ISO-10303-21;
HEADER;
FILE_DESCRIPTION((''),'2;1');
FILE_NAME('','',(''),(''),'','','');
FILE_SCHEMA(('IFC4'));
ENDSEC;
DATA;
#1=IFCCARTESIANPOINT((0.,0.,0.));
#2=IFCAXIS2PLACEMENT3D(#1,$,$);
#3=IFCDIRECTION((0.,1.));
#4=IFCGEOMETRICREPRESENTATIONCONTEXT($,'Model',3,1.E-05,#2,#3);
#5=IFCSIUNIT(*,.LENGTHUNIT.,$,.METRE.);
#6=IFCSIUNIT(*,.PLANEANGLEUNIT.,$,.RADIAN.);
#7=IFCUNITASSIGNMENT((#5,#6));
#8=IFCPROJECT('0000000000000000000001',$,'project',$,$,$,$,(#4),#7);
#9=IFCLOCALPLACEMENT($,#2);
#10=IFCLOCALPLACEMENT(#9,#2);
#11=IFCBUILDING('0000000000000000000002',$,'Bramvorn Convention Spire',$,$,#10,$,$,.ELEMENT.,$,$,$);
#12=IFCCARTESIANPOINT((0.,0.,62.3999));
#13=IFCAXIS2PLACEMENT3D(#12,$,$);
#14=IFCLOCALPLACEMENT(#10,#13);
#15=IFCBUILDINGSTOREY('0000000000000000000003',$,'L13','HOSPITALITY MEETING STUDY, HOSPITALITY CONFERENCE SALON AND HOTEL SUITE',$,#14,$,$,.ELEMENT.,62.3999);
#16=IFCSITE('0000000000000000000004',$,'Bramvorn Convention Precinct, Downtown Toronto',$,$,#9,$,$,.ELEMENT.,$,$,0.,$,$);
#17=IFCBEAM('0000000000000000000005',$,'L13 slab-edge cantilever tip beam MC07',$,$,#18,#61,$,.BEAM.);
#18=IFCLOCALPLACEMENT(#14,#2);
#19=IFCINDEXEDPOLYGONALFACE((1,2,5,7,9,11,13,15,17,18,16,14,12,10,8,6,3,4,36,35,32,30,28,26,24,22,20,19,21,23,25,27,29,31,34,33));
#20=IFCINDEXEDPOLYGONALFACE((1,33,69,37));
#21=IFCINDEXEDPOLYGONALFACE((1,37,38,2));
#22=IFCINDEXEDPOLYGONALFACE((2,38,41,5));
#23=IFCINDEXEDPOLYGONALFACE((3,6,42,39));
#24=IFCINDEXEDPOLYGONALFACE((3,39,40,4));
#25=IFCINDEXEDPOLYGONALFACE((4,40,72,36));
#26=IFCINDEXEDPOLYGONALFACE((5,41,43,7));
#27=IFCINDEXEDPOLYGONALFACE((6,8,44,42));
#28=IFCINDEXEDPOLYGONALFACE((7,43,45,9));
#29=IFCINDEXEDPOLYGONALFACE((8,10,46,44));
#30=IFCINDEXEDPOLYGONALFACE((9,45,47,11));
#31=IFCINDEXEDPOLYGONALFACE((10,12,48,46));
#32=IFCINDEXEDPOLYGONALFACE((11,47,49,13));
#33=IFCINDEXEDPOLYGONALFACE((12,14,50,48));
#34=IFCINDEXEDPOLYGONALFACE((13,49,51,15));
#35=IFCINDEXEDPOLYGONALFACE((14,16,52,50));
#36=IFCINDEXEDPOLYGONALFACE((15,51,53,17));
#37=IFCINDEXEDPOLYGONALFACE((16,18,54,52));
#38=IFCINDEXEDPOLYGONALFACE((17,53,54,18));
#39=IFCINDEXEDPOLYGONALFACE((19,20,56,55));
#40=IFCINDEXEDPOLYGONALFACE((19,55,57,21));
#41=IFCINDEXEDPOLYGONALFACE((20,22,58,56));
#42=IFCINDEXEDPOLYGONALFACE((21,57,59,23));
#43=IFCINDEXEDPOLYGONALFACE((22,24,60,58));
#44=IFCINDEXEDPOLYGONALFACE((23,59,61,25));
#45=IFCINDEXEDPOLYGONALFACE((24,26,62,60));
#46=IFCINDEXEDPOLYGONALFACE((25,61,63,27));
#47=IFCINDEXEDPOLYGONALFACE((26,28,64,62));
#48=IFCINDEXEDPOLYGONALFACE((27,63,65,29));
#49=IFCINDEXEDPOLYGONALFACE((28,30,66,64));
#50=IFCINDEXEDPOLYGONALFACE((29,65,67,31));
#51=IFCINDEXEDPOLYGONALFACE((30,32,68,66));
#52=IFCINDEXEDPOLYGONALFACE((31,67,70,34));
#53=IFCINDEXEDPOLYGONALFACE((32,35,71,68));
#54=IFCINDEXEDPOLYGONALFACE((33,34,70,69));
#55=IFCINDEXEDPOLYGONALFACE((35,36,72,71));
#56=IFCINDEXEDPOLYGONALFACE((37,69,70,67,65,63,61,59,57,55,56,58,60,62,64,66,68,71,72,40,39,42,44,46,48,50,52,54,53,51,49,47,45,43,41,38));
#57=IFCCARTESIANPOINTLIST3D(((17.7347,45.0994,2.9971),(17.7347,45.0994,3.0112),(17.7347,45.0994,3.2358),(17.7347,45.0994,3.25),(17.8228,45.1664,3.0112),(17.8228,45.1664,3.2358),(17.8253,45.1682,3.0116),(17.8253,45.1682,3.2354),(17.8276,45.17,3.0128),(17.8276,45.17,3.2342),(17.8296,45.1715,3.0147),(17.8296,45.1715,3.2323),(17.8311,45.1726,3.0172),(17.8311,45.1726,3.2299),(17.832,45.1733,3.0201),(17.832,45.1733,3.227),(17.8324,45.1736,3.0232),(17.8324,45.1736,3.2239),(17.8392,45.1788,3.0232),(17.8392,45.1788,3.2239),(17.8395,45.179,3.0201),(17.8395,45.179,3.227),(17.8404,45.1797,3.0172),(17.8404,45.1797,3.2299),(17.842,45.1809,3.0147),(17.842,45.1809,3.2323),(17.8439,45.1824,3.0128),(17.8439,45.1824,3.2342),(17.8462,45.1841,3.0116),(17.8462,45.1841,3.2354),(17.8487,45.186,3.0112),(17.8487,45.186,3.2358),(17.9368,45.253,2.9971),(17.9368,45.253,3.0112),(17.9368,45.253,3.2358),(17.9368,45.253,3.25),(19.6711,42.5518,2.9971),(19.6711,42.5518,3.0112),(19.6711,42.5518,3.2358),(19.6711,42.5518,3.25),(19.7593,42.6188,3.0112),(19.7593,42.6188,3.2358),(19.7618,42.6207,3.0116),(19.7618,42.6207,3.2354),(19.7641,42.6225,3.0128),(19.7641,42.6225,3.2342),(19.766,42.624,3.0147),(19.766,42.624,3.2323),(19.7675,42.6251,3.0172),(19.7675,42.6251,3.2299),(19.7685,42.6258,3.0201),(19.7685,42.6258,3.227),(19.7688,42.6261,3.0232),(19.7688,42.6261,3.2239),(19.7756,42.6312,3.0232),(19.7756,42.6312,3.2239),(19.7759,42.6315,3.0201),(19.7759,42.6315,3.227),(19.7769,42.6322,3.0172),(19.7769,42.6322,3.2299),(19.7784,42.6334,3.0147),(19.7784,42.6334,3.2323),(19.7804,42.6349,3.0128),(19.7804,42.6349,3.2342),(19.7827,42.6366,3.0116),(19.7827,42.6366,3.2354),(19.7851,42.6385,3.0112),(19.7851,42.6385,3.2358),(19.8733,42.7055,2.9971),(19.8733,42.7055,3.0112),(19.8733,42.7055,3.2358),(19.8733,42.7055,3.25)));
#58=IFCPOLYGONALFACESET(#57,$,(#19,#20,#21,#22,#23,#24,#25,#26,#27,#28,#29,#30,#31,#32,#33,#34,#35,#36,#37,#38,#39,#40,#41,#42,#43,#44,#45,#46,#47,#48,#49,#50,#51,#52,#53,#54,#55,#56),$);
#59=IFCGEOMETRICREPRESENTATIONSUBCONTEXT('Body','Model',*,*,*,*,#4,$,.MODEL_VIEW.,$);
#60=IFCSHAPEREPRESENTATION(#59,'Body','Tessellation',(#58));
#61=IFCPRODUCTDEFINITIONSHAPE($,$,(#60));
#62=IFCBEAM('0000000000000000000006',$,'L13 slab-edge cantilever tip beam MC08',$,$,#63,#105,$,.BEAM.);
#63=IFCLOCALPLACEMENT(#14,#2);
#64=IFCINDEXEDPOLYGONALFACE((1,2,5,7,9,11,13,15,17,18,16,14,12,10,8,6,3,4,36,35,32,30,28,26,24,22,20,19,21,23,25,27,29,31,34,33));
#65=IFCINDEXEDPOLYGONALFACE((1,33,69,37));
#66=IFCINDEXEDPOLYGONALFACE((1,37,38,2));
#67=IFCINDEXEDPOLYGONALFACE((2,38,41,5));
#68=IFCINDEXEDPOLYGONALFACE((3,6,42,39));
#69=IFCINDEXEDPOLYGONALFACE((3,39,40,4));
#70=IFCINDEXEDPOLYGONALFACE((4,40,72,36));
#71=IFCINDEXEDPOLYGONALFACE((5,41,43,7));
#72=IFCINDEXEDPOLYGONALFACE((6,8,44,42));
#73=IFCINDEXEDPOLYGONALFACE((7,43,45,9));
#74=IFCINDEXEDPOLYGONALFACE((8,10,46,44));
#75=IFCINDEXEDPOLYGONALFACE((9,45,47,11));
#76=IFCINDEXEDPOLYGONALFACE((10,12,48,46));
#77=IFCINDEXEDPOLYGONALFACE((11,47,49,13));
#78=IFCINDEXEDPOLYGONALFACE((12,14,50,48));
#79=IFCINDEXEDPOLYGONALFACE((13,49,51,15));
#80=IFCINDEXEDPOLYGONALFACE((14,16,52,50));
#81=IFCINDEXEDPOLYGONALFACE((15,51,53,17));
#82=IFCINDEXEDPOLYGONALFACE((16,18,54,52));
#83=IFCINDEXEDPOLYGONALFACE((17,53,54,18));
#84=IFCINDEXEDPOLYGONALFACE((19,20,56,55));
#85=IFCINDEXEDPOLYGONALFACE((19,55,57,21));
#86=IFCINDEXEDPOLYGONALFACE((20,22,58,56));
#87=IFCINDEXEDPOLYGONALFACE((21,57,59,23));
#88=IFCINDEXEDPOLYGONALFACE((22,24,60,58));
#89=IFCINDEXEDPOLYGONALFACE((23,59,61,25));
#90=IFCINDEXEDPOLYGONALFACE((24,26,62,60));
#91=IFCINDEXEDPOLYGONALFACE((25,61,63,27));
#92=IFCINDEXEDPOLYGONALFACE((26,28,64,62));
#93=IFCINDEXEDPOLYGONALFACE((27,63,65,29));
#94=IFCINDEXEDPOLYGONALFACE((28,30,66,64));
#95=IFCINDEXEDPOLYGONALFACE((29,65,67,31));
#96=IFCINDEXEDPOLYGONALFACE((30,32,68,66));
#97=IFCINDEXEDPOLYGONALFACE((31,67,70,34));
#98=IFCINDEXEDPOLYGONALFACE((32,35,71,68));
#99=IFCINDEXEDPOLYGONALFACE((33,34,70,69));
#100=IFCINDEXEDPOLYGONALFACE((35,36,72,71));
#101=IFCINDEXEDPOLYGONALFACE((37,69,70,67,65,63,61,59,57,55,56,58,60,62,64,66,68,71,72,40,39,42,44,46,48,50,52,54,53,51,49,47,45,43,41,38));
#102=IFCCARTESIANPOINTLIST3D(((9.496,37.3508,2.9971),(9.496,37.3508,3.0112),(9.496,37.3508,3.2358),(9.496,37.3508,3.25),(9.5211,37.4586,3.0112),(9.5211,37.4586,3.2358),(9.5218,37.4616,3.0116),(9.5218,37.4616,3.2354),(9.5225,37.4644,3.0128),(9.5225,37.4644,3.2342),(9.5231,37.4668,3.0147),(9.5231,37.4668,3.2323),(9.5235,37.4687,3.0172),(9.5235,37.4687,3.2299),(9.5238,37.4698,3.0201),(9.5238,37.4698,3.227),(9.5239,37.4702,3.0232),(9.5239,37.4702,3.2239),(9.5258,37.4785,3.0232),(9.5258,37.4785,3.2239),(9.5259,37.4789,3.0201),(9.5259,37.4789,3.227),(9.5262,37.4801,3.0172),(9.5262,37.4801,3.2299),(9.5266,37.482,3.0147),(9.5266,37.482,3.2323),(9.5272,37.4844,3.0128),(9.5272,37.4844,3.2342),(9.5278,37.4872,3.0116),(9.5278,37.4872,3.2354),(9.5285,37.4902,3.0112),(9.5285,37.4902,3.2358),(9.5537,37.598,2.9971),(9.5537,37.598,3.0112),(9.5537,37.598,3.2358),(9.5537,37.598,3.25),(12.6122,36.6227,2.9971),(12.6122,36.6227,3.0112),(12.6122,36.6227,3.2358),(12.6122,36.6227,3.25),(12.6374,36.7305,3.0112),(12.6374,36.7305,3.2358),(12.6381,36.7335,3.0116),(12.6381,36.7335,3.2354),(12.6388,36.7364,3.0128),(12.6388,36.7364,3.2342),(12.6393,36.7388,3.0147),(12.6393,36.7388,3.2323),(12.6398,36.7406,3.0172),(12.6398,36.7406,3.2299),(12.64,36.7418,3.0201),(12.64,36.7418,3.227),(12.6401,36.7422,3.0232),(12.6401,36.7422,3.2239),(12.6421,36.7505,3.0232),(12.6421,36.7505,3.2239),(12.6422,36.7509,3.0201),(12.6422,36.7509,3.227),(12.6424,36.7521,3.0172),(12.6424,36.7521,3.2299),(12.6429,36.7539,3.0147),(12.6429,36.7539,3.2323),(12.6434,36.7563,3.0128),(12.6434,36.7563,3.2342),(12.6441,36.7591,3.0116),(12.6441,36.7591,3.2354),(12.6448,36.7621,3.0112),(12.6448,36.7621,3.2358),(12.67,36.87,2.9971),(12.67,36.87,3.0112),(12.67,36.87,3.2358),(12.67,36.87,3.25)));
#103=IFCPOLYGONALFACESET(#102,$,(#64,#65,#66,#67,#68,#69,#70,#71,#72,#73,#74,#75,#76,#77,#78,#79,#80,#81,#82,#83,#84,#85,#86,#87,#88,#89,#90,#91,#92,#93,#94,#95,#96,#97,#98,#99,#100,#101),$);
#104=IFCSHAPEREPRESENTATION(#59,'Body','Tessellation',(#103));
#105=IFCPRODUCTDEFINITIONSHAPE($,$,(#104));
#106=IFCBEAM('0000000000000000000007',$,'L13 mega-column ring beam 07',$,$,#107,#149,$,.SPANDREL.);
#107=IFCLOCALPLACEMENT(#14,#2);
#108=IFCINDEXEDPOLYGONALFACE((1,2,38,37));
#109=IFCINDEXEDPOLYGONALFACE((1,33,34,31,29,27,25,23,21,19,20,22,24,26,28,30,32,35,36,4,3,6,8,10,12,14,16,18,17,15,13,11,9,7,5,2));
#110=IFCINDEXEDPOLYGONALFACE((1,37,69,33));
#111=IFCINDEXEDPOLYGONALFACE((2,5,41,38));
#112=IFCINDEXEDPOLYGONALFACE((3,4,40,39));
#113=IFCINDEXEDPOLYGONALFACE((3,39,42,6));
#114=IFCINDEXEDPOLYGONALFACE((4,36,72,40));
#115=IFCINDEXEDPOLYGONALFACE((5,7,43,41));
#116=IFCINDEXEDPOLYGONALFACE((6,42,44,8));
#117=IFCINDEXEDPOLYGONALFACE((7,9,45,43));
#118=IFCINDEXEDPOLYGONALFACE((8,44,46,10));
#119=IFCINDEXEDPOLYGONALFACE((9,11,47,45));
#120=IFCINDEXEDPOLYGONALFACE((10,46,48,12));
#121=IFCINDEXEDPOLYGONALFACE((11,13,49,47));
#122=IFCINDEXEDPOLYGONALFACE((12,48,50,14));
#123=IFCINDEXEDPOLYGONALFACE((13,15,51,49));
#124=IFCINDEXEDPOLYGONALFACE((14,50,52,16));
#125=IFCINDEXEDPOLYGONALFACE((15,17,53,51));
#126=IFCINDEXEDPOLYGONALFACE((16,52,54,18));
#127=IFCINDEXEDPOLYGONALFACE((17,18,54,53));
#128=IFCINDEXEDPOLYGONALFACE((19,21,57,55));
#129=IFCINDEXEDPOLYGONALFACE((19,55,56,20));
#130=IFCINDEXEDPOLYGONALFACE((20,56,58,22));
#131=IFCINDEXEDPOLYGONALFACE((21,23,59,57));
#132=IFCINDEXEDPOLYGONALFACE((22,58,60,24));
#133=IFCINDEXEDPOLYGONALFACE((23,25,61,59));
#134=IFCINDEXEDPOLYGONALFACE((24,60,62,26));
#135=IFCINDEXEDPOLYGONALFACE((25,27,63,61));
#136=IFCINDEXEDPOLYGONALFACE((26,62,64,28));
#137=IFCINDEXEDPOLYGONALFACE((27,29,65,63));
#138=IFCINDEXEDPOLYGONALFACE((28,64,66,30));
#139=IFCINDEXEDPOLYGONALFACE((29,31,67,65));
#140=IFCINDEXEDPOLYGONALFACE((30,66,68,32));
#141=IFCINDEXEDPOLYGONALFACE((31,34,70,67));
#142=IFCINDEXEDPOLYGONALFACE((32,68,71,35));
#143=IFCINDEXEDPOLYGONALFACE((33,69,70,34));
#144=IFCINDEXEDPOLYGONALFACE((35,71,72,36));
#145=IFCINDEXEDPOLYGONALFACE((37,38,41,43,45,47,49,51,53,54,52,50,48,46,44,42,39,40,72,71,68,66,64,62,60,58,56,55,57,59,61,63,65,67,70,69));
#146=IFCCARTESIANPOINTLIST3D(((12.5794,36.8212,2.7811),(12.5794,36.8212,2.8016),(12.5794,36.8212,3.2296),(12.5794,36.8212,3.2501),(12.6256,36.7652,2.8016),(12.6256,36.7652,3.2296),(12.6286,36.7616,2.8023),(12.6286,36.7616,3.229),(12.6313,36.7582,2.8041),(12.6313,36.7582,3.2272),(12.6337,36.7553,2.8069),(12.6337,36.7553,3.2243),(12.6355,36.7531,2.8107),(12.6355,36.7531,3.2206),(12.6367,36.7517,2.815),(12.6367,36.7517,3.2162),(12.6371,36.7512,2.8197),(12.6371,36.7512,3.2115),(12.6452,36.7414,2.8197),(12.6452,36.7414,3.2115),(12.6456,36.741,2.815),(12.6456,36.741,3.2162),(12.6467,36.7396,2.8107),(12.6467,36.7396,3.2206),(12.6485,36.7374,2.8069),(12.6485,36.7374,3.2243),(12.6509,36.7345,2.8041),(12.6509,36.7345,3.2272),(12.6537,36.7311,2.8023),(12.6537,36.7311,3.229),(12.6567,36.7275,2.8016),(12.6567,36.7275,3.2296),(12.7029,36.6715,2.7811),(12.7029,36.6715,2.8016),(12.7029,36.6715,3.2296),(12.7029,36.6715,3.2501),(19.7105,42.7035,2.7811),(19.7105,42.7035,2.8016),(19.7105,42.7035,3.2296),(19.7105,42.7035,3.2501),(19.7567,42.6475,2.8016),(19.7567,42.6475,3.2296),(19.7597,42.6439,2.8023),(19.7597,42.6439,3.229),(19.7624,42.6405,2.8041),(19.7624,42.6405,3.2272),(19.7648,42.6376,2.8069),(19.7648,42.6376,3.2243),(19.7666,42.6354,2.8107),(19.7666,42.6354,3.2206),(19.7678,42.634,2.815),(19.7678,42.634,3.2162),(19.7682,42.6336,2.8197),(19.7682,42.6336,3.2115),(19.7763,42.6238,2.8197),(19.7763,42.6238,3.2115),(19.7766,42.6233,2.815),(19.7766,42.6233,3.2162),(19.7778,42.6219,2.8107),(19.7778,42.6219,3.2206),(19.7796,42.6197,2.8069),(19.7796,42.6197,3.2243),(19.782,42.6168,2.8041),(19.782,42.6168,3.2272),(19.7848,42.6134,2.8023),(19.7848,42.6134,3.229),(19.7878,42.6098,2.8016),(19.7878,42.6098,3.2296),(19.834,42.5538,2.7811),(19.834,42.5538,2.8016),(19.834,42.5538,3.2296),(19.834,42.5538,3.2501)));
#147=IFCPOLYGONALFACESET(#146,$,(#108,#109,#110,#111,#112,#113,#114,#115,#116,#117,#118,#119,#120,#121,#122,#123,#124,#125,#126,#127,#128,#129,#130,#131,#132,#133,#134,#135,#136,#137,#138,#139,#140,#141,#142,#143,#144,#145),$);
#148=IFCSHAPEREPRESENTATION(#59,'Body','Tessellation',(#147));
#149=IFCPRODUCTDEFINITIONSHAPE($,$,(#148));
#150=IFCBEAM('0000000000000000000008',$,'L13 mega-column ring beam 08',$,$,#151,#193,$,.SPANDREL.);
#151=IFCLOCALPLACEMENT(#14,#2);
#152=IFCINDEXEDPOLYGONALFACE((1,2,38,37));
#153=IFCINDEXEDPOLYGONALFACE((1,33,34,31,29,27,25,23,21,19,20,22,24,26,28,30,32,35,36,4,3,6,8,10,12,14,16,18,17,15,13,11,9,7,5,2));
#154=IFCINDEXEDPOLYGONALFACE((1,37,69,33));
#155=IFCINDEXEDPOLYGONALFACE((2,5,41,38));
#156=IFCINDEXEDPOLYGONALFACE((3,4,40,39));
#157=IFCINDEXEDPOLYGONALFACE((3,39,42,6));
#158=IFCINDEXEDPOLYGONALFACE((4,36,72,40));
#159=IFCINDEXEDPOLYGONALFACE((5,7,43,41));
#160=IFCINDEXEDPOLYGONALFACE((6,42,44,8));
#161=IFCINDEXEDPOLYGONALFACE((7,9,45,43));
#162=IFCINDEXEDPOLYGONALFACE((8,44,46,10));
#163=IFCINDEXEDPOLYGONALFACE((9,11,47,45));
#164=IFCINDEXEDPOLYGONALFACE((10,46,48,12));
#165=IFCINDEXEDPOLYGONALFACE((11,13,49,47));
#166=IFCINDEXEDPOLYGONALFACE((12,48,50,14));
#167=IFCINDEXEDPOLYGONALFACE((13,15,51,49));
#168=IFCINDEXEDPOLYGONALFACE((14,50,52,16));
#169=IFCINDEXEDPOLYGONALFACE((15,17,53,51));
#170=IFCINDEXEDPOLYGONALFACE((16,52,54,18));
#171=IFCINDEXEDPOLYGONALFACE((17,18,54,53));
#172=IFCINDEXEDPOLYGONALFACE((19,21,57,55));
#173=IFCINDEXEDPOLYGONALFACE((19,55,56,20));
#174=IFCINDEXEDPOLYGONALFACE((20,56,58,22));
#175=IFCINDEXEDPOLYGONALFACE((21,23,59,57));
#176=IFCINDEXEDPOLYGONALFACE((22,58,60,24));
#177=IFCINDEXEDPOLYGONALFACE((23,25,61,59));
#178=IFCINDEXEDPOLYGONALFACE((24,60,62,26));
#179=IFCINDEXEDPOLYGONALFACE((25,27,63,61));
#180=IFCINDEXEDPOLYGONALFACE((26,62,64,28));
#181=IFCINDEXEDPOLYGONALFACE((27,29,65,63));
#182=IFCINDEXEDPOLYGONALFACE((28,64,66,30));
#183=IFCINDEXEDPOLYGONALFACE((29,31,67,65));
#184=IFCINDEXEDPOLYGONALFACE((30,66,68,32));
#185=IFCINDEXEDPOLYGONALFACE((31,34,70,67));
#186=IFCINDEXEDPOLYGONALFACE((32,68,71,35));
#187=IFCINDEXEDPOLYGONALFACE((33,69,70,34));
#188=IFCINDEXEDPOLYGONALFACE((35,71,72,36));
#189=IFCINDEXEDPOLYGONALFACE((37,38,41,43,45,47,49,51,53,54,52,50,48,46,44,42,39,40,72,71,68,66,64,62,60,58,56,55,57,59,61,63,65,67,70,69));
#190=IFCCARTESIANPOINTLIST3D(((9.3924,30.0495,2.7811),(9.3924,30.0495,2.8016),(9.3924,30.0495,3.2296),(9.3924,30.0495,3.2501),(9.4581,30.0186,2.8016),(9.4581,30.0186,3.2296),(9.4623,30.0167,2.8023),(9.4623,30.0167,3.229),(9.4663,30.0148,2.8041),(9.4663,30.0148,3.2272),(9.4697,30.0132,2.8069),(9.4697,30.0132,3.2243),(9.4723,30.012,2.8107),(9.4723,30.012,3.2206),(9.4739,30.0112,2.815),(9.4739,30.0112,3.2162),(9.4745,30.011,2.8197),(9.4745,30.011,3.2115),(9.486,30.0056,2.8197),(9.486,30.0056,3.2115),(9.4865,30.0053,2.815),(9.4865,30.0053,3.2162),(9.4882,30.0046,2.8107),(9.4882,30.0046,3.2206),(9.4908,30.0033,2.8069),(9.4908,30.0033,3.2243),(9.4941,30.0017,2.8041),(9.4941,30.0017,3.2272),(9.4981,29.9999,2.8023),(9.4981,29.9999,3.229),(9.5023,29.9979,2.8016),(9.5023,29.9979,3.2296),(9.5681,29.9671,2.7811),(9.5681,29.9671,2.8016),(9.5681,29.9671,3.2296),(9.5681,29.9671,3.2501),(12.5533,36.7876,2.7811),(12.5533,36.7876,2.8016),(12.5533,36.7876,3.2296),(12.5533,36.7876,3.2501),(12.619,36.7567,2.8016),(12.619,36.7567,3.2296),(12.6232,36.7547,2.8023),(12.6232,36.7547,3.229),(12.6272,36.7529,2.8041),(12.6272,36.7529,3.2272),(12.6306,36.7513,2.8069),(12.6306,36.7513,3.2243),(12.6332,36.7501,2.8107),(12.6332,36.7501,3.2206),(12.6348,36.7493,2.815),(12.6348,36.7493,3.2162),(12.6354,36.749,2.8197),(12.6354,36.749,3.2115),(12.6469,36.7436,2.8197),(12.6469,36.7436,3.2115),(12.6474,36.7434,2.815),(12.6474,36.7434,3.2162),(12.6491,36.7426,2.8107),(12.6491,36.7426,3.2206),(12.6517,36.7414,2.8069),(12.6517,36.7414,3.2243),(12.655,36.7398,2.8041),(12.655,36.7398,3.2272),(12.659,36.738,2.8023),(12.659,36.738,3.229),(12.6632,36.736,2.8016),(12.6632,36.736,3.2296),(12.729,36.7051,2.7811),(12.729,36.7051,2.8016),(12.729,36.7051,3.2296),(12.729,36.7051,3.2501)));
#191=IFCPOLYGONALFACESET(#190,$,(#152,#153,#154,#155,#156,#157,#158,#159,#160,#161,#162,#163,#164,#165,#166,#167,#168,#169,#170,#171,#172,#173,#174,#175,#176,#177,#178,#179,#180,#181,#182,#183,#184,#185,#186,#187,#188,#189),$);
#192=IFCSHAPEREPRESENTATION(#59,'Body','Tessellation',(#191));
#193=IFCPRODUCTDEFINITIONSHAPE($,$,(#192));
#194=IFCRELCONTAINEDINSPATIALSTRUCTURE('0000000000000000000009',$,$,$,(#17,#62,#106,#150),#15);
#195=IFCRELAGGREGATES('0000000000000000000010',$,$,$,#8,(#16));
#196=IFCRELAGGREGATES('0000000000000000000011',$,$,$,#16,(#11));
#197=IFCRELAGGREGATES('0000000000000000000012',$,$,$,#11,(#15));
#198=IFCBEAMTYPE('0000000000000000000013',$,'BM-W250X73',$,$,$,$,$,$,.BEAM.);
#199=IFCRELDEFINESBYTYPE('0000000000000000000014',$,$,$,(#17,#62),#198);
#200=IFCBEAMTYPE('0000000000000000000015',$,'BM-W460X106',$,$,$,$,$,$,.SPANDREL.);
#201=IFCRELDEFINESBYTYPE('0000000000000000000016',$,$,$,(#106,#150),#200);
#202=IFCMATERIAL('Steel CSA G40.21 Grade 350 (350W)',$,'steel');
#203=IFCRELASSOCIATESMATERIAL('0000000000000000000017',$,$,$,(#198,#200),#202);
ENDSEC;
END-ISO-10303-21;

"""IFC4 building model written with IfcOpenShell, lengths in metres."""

from ifc_helpers import new_model, si_unit, direction, frame, origin, origin_2d, place, context, subcontext, project, spatial, i_section, extrude, material, material_profile, profile_set, type_object, element, save


model = new_model("IFC4")

# Units and contexts
model_context = context("Model", 3, precision=1e-05, world=origin(), true_north=direction((0.0, 1.0)))
body_context = subcontext(model_context, "Body", "Model", "MODEL_VIEW")
ifc_project = project(units=[si_unit("LENGTHUNIT", "METRE"), si_unit("PLANEANGLEUNIT", "RADIAN")], contexts=[model_context])

# Site, building, storey
site_placement = place(None, origin())
site = spatial("IfcSite", under=ifc_project, at=site_placement, Name="Bramvorn Convention Precinct, Downtown Toronto", CompositionType="ELEMENT", RefElevation=0.0)
building_placement = place(site_placement, origin())
building = spatial("IfcBuilding", under=site, at=building_placement, Name="Bramvorn Convention Spire", CompositionType="ELEMENT")
storey_placement = place(building_placement, frame((0.0, 0.0, 62.3999)))
storey = spatial("IfcBuildingStorey", under=building, at=storey_placement, Name="L13", Description="HOSPITALITY MEETING STUDY, HOSPITALITY CONFERENCE SALON AND HOTEL SUITE", CompositionType="ELEMENT", Elevation=62.3999)

# Shared definitions
ifc_material_1 = material(Name="Steel CSA G40.21 Grade 350 (350W)", Category="steel")

# Beams
ifc_material_profile_1 = material_profile(ifc_material_1, i_section(OverallWidth=0.2539, OverallDepth=0.2529, WebThickness=0.0085, FlangeThickness=0.0142, FilletRadius=0.012, at=origin_2d()))
ifc_profile_set_1 = profile_set([ifc_material_profile_1], Name="Steel CSA G40.21 Grade 350 (350W) - W250X73")
beam_type_1 = type_object("IfcBeamType", Name="BM-W250X73", PredefinedType="BEAM", material=ifc_profile_set_1)
beam_1_placement = place(storey_placement, frame((19.7722, 42.6287, 3.1235), z_axis=(-0.605151, 0.796111, 0.0), x_axis=(-0.796111, -0.605151, 0.0)))
element("IfcBeam", 1, at=beam_1_placement, inside=storey, type_object=beam_type_1, Name="L13 slab-edge cantilever tip beam MC07", PredefinedType="BEAM", context=body_context, shape_type="SweptSolid", body=[
    extrude(i_section(OverallWidth=0.2539, OverallDepth=0.2529, WebThickness=0.0085, FlangeThickness=0.0142, FilletRadius=0.012, at=origin_2d()), origin(), (0.0, 0.0, 1.0), 3.2),
])
beam_2_placement = place(storey_placement, frame((12.6411, 36.7463, 3.1235), z_axis=(-0.973778, 0.2275, 0.0), x_axis=(-0.2275, -0.973778, 0.0)))
element("IfcBeam", 2, at=beam_2_placement, inside=storey, type_object=beam_type_1, Name="L13 slab-edge cantilever tip beam MC08", PredefinedType="BEAM", context=body_context, shape_type="SweptSolid", body=[
    extrude(i_section(OverallWidth=0.2539, OverallDepth=0.2529, WebThickness=0.0085, FlangeThickness=0.0142, FilletRadius=0.012, at=origin_2d()), origin(), (0.0, 0.0, 1.0), 3.2002),
])
ifc_material_profile_2 = material_profile(ifc_material_1, i_section(OverallWidth=0.1941, OverallDepth=0.469, WebThickness=0.0127, FlangeThickness=0.0205, FilletRadius=0.0181, at=origin_2d()))
ifc_profile_set_2 = profile_set([ifc_material_profile_2], Name="Steel CSA G40.21 Grade 350 (350W) - W460X106")
beam_type_2 = type_object("IfcBeamType", Name="BM-W460X106", PredefinedType="SPANDREL", material=ifc_profile_set_2)
beam_3_placement = place(storey_placement, frame((19.7722, 42.6287, 3.0156), z_axis=(-0.771418, -0.636329, 0.0), x_axis=(0.636329, -0.771418, 0.0)))
element("IfcBeam", 3, at=beam_3_placement, inside=storey, type_object=beam_type_2, Name="L13 mega-column ring beam 07", PredefinedType="SPANDREL", context=body_context, shape_type="SweptSolid", body=[
    extrude(i_section(OverallWidth=0.1941, OverallDepth=0.469, WebThickness=0.0127, FlangeThickness=0.0205, FilletRadius=0.0181, at=origin_2d()), origin(), (0.0, 0.0, 1.0), 9.2441),
])
beam_4_placement = place(storey_placement, frame((12.6411, 36.7463, 3.0156), z_axis=(-0.424702, -0.905333, 0.0), x_axis=(0.905333, -0.424702, 0.0)))
element("IfcBeam", 4, at=beam_4_placement, inside=storey, type_object=beam_type_2, Name="L13 mega-column ring beam 08", PredefinedType="SPANDREL", context=body_context, shape_type="SweptSolid", body=[
    extrude(i_section(OverallWidth=0.1941, OverallDepth=0.469, WebThickness=0.0127, FlangeThickness=0.0205, FilletRadius=0.0181, at=origin_2d()), origin(), (0.0, 0.0, 1.0), 7.4426),
])

save(model, "model.ifc")
